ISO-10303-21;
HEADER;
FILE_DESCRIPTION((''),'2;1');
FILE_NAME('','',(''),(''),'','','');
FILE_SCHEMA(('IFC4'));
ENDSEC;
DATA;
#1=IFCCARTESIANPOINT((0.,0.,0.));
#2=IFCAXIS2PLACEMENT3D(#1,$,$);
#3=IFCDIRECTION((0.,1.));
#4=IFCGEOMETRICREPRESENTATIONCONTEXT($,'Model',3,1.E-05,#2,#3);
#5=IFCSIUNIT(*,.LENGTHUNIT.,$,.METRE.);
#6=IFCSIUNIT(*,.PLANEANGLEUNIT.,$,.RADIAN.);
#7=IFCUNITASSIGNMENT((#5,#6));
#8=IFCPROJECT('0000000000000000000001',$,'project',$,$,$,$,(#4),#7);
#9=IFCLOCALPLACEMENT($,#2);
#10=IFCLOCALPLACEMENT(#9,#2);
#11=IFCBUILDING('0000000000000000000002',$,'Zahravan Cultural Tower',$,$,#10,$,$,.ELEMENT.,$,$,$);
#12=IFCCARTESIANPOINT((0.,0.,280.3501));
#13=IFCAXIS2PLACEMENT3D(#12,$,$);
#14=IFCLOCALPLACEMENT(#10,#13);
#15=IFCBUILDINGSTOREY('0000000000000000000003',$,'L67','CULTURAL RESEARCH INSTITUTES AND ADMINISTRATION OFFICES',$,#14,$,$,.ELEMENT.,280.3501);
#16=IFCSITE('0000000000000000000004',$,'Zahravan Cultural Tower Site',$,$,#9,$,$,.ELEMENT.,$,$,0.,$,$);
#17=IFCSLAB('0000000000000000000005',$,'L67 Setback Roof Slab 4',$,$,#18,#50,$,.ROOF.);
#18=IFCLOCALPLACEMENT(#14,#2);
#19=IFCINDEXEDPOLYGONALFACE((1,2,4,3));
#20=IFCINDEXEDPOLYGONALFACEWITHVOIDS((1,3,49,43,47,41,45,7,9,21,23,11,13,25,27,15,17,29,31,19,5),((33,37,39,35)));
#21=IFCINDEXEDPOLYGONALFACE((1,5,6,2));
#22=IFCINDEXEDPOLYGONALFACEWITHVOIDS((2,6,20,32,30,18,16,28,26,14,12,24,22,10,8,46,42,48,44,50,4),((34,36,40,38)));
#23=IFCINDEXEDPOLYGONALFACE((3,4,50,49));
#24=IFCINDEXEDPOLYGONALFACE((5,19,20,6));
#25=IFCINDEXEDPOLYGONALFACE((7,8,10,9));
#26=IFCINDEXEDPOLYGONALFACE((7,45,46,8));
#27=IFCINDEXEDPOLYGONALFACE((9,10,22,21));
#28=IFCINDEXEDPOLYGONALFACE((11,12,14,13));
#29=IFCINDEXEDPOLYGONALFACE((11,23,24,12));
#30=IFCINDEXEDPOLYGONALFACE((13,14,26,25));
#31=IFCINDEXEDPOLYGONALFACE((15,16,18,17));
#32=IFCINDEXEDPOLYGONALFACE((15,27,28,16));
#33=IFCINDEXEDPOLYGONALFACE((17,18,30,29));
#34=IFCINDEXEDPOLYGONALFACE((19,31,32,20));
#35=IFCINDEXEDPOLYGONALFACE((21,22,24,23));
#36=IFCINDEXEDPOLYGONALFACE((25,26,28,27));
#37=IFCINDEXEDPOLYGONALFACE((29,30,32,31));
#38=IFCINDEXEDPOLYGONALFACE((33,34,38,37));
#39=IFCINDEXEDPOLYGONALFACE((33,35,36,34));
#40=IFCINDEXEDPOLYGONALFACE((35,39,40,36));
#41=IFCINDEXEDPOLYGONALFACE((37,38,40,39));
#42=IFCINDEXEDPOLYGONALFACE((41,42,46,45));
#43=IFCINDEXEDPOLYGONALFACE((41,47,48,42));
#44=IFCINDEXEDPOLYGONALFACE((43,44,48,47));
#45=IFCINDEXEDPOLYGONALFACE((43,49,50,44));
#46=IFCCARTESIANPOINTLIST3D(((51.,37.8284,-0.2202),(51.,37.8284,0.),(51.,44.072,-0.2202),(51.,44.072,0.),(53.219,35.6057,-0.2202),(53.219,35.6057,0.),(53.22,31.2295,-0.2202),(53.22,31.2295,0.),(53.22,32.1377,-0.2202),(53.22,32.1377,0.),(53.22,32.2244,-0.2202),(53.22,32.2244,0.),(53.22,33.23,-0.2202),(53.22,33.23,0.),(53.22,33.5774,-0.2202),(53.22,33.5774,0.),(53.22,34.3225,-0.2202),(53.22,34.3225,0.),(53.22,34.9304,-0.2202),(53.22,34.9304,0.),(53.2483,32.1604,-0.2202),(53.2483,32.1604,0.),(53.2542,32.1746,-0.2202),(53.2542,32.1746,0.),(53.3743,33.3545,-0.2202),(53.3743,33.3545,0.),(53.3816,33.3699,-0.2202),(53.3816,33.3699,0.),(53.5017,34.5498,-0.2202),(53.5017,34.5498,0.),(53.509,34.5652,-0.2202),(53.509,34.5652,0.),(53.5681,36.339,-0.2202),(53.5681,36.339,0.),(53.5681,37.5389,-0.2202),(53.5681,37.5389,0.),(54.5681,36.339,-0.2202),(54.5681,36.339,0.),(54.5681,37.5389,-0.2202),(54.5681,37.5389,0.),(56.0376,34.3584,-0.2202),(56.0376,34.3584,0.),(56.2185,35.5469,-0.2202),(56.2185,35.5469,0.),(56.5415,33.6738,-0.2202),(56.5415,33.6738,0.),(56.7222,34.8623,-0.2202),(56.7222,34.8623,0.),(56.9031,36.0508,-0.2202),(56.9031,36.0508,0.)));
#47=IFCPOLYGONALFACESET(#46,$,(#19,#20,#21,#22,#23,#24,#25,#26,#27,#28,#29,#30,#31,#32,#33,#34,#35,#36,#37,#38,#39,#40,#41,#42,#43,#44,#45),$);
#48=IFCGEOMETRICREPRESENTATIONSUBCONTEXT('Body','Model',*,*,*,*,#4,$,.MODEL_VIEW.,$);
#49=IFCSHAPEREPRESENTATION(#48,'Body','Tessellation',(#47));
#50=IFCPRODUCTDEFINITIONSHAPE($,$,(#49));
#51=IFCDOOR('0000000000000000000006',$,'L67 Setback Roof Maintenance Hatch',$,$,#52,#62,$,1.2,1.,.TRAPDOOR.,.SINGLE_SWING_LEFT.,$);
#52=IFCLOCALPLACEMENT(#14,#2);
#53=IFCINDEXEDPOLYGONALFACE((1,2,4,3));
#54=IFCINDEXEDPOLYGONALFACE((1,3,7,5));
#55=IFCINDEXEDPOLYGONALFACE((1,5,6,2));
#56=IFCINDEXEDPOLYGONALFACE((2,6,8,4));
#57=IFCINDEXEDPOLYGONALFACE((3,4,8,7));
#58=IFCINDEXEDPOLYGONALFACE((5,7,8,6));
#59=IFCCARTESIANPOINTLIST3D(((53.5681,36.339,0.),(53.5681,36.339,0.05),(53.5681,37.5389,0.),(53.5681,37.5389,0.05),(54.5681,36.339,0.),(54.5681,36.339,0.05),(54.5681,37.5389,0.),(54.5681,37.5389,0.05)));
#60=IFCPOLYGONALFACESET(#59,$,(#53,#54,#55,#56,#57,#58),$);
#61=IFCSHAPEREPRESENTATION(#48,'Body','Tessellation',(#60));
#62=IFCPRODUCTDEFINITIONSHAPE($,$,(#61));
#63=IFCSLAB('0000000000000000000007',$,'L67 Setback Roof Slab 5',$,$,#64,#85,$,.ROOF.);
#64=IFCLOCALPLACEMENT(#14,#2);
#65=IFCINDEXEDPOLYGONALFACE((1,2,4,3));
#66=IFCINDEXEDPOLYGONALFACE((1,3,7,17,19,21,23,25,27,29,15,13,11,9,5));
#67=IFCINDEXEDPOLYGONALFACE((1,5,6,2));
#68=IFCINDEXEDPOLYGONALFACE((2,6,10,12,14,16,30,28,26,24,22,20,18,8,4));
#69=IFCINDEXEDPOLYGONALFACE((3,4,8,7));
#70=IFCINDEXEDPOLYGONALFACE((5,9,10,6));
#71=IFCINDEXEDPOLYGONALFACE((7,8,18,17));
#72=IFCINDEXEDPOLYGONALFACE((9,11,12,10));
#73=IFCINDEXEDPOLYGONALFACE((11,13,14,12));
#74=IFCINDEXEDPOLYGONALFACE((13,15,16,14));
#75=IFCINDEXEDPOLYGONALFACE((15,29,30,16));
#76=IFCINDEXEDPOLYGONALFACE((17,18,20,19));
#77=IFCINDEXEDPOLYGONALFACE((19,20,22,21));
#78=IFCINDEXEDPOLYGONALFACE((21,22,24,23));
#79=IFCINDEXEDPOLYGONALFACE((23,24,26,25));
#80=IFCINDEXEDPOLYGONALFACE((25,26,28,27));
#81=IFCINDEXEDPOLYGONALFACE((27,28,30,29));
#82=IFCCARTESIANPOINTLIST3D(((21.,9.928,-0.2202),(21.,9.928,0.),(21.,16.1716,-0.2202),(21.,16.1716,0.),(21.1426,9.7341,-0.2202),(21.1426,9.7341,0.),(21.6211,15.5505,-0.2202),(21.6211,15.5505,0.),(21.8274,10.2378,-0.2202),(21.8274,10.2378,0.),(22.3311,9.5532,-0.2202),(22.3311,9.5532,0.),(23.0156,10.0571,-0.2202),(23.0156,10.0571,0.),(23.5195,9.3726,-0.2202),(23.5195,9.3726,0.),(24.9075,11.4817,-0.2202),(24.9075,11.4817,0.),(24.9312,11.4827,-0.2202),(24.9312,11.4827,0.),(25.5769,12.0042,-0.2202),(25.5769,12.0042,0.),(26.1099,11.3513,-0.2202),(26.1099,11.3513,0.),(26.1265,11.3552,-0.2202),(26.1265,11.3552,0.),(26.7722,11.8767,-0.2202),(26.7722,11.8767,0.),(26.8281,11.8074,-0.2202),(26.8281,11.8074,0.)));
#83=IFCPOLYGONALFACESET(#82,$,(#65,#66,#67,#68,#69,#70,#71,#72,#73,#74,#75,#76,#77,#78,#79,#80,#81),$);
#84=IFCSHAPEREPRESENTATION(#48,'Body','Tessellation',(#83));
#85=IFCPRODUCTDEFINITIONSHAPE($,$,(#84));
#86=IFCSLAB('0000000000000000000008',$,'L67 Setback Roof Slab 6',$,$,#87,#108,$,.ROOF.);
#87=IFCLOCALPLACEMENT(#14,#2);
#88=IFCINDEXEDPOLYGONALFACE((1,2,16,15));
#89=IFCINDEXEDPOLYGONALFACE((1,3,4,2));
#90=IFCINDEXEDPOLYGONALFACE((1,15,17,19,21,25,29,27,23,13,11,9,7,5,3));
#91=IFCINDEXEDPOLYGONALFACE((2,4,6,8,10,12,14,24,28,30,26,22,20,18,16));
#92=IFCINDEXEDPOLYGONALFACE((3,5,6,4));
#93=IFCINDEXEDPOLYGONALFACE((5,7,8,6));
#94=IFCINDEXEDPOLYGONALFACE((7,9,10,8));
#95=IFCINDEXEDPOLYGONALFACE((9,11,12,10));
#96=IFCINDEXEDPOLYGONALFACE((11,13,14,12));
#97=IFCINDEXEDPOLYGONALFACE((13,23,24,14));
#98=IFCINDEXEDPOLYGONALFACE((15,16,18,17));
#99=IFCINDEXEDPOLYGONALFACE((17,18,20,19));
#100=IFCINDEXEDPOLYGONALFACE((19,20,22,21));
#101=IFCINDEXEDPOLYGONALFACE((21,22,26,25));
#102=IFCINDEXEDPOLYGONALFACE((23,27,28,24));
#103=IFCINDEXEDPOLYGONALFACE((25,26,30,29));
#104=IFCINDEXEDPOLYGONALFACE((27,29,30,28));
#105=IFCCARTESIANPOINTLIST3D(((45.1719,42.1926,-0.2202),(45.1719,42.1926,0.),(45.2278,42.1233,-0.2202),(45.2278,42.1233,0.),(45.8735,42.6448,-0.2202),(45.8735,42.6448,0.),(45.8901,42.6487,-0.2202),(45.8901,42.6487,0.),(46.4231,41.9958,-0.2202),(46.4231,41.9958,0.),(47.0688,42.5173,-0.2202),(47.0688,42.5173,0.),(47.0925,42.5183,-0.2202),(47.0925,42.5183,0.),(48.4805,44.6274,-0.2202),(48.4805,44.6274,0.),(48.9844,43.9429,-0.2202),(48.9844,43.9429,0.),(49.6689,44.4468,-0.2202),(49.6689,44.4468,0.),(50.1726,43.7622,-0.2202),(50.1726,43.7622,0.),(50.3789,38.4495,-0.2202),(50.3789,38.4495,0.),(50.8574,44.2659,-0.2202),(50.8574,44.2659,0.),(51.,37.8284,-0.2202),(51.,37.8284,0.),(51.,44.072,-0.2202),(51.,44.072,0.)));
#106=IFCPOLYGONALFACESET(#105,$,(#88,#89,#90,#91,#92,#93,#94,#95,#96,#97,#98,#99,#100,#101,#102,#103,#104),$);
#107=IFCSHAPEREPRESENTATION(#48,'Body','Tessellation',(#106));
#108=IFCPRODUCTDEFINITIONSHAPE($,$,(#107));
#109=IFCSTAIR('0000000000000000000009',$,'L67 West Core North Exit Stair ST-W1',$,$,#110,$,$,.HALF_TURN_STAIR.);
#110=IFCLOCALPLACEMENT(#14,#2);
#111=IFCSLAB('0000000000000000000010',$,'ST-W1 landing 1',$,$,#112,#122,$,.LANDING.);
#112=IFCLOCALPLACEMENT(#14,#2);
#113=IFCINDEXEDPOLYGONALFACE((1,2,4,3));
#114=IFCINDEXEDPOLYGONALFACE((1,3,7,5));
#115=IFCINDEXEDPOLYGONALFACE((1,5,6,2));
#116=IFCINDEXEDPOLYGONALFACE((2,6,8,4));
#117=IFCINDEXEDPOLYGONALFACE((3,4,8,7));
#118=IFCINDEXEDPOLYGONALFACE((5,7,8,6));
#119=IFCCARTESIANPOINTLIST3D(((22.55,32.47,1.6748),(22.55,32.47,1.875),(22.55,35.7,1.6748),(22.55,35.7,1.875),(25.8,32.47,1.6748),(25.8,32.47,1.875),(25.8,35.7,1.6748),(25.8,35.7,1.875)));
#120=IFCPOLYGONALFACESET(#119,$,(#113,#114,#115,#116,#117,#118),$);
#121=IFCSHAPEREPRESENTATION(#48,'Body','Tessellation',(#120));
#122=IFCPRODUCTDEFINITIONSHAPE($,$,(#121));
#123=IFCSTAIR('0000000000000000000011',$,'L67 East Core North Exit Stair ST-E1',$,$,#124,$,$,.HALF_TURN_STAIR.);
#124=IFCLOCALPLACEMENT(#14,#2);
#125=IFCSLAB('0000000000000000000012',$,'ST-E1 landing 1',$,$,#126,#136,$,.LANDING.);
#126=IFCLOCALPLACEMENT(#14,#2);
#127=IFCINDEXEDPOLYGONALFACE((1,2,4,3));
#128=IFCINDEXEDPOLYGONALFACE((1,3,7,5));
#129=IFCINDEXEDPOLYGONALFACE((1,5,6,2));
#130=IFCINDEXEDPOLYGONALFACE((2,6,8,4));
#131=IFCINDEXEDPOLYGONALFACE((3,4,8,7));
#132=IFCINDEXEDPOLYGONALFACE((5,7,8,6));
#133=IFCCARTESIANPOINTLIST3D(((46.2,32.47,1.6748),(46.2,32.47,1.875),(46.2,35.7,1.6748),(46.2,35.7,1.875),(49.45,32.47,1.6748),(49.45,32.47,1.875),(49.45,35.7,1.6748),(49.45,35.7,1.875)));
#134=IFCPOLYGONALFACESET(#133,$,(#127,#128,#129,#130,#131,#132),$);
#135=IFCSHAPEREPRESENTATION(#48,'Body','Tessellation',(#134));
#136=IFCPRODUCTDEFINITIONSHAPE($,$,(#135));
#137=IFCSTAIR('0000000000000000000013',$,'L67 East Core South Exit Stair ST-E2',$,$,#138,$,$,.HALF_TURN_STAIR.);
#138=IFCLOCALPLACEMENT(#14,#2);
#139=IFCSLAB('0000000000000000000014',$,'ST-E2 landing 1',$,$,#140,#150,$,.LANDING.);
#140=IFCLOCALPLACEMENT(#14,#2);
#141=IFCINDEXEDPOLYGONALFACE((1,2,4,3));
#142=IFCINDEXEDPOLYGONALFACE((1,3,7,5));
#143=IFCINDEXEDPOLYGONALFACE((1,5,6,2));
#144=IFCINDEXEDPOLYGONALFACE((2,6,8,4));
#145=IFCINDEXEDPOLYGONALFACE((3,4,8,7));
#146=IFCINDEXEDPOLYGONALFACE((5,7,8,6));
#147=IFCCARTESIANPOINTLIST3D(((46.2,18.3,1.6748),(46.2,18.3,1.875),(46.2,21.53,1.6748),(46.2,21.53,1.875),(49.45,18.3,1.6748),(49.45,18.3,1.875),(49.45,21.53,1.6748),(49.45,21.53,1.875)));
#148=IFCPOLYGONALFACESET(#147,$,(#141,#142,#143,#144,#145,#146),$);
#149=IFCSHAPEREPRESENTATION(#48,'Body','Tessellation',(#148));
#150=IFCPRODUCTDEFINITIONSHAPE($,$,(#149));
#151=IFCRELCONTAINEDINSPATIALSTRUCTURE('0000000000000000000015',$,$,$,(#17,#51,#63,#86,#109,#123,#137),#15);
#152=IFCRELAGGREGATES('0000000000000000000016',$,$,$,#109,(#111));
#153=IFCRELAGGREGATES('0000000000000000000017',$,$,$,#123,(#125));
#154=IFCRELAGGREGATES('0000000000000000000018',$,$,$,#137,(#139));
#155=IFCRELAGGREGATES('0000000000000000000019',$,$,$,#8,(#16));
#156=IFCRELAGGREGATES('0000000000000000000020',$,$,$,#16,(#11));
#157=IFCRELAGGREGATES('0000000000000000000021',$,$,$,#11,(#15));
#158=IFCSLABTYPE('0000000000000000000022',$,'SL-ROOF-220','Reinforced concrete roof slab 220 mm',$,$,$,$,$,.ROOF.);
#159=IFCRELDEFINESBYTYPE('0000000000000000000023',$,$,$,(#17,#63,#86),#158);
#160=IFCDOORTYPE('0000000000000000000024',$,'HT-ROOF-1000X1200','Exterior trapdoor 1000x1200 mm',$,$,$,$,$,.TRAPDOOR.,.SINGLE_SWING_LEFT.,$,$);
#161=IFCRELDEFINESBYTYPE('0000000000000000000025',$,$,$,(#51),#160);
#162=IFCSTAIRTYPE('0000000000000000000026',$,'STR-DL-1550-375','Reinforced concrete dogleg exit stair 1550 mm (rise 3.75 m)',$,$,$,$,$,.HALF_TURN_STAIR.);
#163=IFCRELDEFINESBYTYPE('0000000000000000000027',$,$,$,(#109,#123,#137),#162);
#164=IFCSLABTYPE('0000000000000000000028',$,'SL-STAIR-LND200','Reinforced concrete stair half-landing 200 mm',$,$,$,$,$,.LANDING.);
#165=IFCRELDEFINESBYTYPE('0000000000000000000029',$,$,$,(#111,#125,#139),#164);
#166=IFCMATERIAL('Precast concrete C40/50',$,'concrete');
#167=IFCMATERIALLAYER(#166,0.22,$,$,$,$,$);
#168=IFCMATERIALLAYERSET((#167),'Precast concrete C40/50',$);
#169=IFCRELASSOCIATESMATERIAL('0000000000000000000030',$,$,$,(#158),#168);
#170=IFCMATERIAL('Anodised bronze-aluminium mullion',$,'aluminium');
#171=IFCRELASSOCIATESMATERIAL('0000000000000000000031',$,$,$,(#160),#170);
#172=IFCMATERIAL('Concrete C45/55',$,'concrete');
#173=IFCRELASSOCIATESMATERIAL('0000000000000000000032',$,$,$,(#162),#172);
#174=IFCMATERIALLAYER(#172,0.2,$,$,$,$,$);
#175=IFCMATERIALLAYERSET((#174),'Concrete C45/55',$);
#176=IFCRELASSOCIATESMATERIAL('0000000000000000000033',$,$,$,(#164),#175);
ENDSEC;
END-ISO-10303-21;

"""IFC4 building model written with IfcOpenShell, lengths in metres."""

from ifc_helpers import new_model, si_unit, direction, frame, origin, origin_2d, place, context, subcontext, project, spatial, polyline, rectangle, outline, extrude, material, layer, layer_set, type_object, element, fill, aggregate, save


model = new_model("IFC4")

# Units and contexts
model_context = context("Model", 3, precision=1e-05, world=origin(), true_north=direction((0.0, 1.0)))
body_context = subcontext(model_context, "Body", "Model", "MODEL_VIEW")
ifc_project = project(units=[si_unit("LENGTHUNIT", "METRE"), si_unit("PLANEANGLEUNIT", "RADIAN")], contexts=[model_context])

# Site, building, storey
site_placement = place(None, origin())
site = spatial("IfcSite", under=ifc_project, at=site_placement, Name="Zahravan Cultural Tower Site", CompositionType="ELEMENT", RefElevation=0.0)
building_placement = place(site_placement, origin())
building = spatial("IfcBuilding", under=site, at=building_placement, Name="Zahravan Cultural Tower", CompositionType="ELEMENT")
storey_placement = place(building_placement, frame((0.0, 0.0, 280.3501)))
storey = spatial("IfcBuildingStorey", under=building, at=storey_placement, Name="L67", Description="CULTURAL RESEARCH INSTITUTES AND ADMINISTRATION OFFICES", CompositionType="ELEMENT", Elevation=280.3501)

# Slab, opening, door
ifc_material_1 = material(Name="Precast concrete C40/50", Category="concrete")
ifc_layer_1 = layer(ifc_material_1, 0.22)
ifc_layer_set_1 = layer_set([ifc_layer_1], Name="Precast concrete C40/50")
slab_type_1 = type_object("IfcSlabType", Name="SL-ROOF-220", Description="Reinforced concrete roof slab 220 mm", PredefinedType="ROOF", material=ifc_layer_set_1)
ifc_material_2 = material(Name="Anodised bronze-aluminium mullion", Category="aluminium")
door_type = type_object("IfcDoorType", Name="HT-ROOF-1000X1200", Description="Exterior trapdoor 1000x1200 mm", OperationType="SINGLE_SWING_LEFT", PredefinedType="TRAPDOOR", material=ifc_material_2)
slab_1_placement = place(storey_placement, frame((0.0, 0.0, -0.2202)))
slab_1 = element("IfcSlab", 1, at=slab_1_placement, inside=storey, type_object=slab_type_1, Name="L67 Setback Roof Slab 4", PredefinedType="ROOF", context=body_context, shape_type="SweptSolid", body=[
    extrude(outline(polyline([(51.0, 44.072), (51.0, 37.8284), (53.219, 35.6057), (53.22, 34.9304), (53.509, 34.5652), (53.5017, 34.5498), (53.22, 34.3225), (53.22, 33.5774), (53.3816, 33.3699), (53.3743, 33.3545), (53.22, 33.23), (53.22, 32.2244), (53.2542, 32.1746), (53.2483, 32.1604), (53.22, 32.1377), (53.22, 31.2295), (56.5415, 33.6738), (56.0376, 34.3584), (56.7222, 34.8623), (56.2185, 35.5469), (56.9031, 36.0508), (51.0, 44.072)])), origin(), (0.0, 0.0, 1.0), 0.2202),
])
opening_1_placement = place(slab_1_placement, frame((54.0681, 36.939, 0.0)))
opening_1 = element("IfcOpeningElement", 2, at=opening_1_placement, cuts=slab_1, PredefinedType="OPENING", context=body_context, shape_type="SweptSolid", body=[
    extrude(rectangle(XDim=1.0, YDim=1.2, at=origin_2d()), frame((0.0, 0.0, -0.01), z_axis=(0.0, 0.0, 1.0), x_axis=(1.0, 0.0, 0.0)), (0.0, 0.0, 1.0), 0.3103),
])
door_1_placement = place(opening_1_placement, frame((0.0, 0.0, 0.2202)))
door_1 = element("IfcDoor", 3, at=door_1_placement, inside=storey, type_object=door_type, Name="L67 Setback Roof Maintenance Hatch", OperationType="SINGLE_SWING_LEFT", OverallHeight=1.2, OverallWidth=1.0, PredefinedType="TRAPDOOR", context=body_context, shape_type="SweptSolid", body=[
    extrude(rectangle(XDim=1.0, YDim=1.2, at=origin_2d()), origin(), (0.0, 0.0, 1.0), 0.05),
])
fill(opening_1, door_1)

# Slabs
slab_2_placement = place(storey_placement, frame((0.0, 0.0, -0.2202)))
element("IfcSlab", 4, at=slab_2_placement, inside=storey, type_object=slab_type_1, Name="L67 Setback Roof Slab 5", PredefinedType="ROOF", context=body_context, shape_type="SweptSolid", body=[
    extrude(outline(polyline([(23.0156, 10.0571), (23.5195, 9.3726), (26.8281, 11.8074), (26.7722, 11.8767), (26.1265, 11.3552), (26.1099, 11.3513), (25.5769, 12.0042), (24.9312, 11.4827), (24.9075, 11.4817), (21.6211, 15.5505), (21.0, 16.1716), (21.0, 9.928), (21.1426, 9.7341), (21.8274, 10.2378), (22.3311, 9.5532), (23.0156, 10.0571)])), origin(), (0.0, 0.0, 1.0), 0.2202),
])
slab_3_placement = place(storey_placement, frame((0.0, 0.0, -0.2202)))
element("IfcSlab", 5, at=slab_3_placement, inside=storey, type_object=slab_type_1, Name="L67 Setback Roof Slab 6", PredefinedType="ROOF", context=body_context, shape_type="SweptSolid", body=[
    extrude(outline(polyline([(49.6689, 44.4468), (48.9844, 43.9429), (48.4805, 44.6274), (45.1719, 42.1926), (45.2278, 42.1233), (45.8735, 42.6448), (45.8901, 42.6487), (46.4231, 41.9958), (47.0688, 42.5173), (47.0925, 42.5183), (50.3789, 38.4495), (51.0, 37.8284), (51.0, 44.072), (50.8574, 44.2659), (50.1726, 43.7622), (49.6689, 44.4468)])), origin(), (0.0, 0.0, 1.0), 0.2202),
])

# Stairs, slabs
ifc_material_3 = material(Name="Concrete C45/55", Category="concrete")
stair_type = type_object("IfcStairType", Name="STR-DL-1550-375", Description="Reinforced concrete dogleg exit stair 1550 mm (rise 3.75 m)", PredefinedType="HALF_TURN_STAIR", material=ifc_material_3)
stair_1_placement = place(storey_placement, origin())
stair_1 = element("IfcStair", 6, at=stair_1_placement, inside=storey, type_object=stair_type, Name="L67 West Core North Exit Stair ST-W1", PredefinedType="HALF_TURN_STAIR")
ifc_layer_2 = layer(ifc_material_3, 0.2)
ifc_layer_set_2 = layer_set([ifc_layer_2], Name="Concrete C45/55")
slab_type_2 = type_object("IfcSlabType", Name="SL-STAIR-LND200", Description="Reinforced concrete stair half-landing 200 mm", PredefinedType="LANDING", material=ifc_layer_set_2)
slab_4_placement = place(storey_placement, frame((0.0, 0.0, 1.6748)))
slab_4 = element("IfcSlab", 7, at=slab_4_placement, type_object=slab_type_2, Name="ST-W1 landing 1", PredefinedType="LANDING", context=body_context, shape_type="SweptSolid", body=[
    extrude(outline(polyline([(25.8, 32.47), (25.8, 35.7), (22.55, 35.7), (22.55, 32.47), (25.8, 32.47)])), origin(), (0.0, 0.0, 1.0), 0.2002),
])
aggregate(stair_1, [slab_4])
stair_2_placement = place(storey_placement, origin())
stair_2 = element("IfcStair", 8, at=stair_2_placement, inside=storey, type_object=stair_type, Name="L67 East Core North Exit Stair ST-E1", PredefinedType="HALF_TURN_STAIR")
slab_5_placement = place(storey_placement, frame((0.0, 0.0, 1.6748)))
slab_5 = element("IfcSlab", 9, at=slab_5_placement, type_object=slab_type_2, Name="ST-E1 landing 1", PredefinedType="LANDING", context=body_context, shape_type="SweptSolid", body=[
    extrude(outline(polyline([(49.45, 32.47), (49.45, 35.7), (46.2, 35.7), (46.2, 32.47), (49.45, 32.47)])), origin(), (0.0, 0.0, 1.0), 0.2002),
])
aggregate(stair_2, [slab_5])
stair_3_placement = place(storey_placement, origin())
stair_3 = element("IfcStair", 10, at=stair_3_placement, inside=storey, type_object=stair_type, Name="L67 East Core South Exit Stair ST-E2", PredefinedType="HALF_TURN_STAIR")
slab_6_placement = place(storey_placement, frame((0.0, 0.0, 1.6748)))
slab_6 = element("IfcSlab", 11, at=slab_6_placement, type_object=slab_type_2, Name="ST-E2 landing 1", PredefinedType="LANDING", context=body_context, shape_type="SweptSolid", body=[
    extrude(outline(polyline([(46.2, 21.53), (46.2, 18.3), (49.45, 18.3), (49.45, 21.53), (46.2, 21.53)])), origin(), (0.0, 0.0, 1.0), 0.2002),
])
aggregate(stair_3, [slab_6])

save(model, "model.ifc")
